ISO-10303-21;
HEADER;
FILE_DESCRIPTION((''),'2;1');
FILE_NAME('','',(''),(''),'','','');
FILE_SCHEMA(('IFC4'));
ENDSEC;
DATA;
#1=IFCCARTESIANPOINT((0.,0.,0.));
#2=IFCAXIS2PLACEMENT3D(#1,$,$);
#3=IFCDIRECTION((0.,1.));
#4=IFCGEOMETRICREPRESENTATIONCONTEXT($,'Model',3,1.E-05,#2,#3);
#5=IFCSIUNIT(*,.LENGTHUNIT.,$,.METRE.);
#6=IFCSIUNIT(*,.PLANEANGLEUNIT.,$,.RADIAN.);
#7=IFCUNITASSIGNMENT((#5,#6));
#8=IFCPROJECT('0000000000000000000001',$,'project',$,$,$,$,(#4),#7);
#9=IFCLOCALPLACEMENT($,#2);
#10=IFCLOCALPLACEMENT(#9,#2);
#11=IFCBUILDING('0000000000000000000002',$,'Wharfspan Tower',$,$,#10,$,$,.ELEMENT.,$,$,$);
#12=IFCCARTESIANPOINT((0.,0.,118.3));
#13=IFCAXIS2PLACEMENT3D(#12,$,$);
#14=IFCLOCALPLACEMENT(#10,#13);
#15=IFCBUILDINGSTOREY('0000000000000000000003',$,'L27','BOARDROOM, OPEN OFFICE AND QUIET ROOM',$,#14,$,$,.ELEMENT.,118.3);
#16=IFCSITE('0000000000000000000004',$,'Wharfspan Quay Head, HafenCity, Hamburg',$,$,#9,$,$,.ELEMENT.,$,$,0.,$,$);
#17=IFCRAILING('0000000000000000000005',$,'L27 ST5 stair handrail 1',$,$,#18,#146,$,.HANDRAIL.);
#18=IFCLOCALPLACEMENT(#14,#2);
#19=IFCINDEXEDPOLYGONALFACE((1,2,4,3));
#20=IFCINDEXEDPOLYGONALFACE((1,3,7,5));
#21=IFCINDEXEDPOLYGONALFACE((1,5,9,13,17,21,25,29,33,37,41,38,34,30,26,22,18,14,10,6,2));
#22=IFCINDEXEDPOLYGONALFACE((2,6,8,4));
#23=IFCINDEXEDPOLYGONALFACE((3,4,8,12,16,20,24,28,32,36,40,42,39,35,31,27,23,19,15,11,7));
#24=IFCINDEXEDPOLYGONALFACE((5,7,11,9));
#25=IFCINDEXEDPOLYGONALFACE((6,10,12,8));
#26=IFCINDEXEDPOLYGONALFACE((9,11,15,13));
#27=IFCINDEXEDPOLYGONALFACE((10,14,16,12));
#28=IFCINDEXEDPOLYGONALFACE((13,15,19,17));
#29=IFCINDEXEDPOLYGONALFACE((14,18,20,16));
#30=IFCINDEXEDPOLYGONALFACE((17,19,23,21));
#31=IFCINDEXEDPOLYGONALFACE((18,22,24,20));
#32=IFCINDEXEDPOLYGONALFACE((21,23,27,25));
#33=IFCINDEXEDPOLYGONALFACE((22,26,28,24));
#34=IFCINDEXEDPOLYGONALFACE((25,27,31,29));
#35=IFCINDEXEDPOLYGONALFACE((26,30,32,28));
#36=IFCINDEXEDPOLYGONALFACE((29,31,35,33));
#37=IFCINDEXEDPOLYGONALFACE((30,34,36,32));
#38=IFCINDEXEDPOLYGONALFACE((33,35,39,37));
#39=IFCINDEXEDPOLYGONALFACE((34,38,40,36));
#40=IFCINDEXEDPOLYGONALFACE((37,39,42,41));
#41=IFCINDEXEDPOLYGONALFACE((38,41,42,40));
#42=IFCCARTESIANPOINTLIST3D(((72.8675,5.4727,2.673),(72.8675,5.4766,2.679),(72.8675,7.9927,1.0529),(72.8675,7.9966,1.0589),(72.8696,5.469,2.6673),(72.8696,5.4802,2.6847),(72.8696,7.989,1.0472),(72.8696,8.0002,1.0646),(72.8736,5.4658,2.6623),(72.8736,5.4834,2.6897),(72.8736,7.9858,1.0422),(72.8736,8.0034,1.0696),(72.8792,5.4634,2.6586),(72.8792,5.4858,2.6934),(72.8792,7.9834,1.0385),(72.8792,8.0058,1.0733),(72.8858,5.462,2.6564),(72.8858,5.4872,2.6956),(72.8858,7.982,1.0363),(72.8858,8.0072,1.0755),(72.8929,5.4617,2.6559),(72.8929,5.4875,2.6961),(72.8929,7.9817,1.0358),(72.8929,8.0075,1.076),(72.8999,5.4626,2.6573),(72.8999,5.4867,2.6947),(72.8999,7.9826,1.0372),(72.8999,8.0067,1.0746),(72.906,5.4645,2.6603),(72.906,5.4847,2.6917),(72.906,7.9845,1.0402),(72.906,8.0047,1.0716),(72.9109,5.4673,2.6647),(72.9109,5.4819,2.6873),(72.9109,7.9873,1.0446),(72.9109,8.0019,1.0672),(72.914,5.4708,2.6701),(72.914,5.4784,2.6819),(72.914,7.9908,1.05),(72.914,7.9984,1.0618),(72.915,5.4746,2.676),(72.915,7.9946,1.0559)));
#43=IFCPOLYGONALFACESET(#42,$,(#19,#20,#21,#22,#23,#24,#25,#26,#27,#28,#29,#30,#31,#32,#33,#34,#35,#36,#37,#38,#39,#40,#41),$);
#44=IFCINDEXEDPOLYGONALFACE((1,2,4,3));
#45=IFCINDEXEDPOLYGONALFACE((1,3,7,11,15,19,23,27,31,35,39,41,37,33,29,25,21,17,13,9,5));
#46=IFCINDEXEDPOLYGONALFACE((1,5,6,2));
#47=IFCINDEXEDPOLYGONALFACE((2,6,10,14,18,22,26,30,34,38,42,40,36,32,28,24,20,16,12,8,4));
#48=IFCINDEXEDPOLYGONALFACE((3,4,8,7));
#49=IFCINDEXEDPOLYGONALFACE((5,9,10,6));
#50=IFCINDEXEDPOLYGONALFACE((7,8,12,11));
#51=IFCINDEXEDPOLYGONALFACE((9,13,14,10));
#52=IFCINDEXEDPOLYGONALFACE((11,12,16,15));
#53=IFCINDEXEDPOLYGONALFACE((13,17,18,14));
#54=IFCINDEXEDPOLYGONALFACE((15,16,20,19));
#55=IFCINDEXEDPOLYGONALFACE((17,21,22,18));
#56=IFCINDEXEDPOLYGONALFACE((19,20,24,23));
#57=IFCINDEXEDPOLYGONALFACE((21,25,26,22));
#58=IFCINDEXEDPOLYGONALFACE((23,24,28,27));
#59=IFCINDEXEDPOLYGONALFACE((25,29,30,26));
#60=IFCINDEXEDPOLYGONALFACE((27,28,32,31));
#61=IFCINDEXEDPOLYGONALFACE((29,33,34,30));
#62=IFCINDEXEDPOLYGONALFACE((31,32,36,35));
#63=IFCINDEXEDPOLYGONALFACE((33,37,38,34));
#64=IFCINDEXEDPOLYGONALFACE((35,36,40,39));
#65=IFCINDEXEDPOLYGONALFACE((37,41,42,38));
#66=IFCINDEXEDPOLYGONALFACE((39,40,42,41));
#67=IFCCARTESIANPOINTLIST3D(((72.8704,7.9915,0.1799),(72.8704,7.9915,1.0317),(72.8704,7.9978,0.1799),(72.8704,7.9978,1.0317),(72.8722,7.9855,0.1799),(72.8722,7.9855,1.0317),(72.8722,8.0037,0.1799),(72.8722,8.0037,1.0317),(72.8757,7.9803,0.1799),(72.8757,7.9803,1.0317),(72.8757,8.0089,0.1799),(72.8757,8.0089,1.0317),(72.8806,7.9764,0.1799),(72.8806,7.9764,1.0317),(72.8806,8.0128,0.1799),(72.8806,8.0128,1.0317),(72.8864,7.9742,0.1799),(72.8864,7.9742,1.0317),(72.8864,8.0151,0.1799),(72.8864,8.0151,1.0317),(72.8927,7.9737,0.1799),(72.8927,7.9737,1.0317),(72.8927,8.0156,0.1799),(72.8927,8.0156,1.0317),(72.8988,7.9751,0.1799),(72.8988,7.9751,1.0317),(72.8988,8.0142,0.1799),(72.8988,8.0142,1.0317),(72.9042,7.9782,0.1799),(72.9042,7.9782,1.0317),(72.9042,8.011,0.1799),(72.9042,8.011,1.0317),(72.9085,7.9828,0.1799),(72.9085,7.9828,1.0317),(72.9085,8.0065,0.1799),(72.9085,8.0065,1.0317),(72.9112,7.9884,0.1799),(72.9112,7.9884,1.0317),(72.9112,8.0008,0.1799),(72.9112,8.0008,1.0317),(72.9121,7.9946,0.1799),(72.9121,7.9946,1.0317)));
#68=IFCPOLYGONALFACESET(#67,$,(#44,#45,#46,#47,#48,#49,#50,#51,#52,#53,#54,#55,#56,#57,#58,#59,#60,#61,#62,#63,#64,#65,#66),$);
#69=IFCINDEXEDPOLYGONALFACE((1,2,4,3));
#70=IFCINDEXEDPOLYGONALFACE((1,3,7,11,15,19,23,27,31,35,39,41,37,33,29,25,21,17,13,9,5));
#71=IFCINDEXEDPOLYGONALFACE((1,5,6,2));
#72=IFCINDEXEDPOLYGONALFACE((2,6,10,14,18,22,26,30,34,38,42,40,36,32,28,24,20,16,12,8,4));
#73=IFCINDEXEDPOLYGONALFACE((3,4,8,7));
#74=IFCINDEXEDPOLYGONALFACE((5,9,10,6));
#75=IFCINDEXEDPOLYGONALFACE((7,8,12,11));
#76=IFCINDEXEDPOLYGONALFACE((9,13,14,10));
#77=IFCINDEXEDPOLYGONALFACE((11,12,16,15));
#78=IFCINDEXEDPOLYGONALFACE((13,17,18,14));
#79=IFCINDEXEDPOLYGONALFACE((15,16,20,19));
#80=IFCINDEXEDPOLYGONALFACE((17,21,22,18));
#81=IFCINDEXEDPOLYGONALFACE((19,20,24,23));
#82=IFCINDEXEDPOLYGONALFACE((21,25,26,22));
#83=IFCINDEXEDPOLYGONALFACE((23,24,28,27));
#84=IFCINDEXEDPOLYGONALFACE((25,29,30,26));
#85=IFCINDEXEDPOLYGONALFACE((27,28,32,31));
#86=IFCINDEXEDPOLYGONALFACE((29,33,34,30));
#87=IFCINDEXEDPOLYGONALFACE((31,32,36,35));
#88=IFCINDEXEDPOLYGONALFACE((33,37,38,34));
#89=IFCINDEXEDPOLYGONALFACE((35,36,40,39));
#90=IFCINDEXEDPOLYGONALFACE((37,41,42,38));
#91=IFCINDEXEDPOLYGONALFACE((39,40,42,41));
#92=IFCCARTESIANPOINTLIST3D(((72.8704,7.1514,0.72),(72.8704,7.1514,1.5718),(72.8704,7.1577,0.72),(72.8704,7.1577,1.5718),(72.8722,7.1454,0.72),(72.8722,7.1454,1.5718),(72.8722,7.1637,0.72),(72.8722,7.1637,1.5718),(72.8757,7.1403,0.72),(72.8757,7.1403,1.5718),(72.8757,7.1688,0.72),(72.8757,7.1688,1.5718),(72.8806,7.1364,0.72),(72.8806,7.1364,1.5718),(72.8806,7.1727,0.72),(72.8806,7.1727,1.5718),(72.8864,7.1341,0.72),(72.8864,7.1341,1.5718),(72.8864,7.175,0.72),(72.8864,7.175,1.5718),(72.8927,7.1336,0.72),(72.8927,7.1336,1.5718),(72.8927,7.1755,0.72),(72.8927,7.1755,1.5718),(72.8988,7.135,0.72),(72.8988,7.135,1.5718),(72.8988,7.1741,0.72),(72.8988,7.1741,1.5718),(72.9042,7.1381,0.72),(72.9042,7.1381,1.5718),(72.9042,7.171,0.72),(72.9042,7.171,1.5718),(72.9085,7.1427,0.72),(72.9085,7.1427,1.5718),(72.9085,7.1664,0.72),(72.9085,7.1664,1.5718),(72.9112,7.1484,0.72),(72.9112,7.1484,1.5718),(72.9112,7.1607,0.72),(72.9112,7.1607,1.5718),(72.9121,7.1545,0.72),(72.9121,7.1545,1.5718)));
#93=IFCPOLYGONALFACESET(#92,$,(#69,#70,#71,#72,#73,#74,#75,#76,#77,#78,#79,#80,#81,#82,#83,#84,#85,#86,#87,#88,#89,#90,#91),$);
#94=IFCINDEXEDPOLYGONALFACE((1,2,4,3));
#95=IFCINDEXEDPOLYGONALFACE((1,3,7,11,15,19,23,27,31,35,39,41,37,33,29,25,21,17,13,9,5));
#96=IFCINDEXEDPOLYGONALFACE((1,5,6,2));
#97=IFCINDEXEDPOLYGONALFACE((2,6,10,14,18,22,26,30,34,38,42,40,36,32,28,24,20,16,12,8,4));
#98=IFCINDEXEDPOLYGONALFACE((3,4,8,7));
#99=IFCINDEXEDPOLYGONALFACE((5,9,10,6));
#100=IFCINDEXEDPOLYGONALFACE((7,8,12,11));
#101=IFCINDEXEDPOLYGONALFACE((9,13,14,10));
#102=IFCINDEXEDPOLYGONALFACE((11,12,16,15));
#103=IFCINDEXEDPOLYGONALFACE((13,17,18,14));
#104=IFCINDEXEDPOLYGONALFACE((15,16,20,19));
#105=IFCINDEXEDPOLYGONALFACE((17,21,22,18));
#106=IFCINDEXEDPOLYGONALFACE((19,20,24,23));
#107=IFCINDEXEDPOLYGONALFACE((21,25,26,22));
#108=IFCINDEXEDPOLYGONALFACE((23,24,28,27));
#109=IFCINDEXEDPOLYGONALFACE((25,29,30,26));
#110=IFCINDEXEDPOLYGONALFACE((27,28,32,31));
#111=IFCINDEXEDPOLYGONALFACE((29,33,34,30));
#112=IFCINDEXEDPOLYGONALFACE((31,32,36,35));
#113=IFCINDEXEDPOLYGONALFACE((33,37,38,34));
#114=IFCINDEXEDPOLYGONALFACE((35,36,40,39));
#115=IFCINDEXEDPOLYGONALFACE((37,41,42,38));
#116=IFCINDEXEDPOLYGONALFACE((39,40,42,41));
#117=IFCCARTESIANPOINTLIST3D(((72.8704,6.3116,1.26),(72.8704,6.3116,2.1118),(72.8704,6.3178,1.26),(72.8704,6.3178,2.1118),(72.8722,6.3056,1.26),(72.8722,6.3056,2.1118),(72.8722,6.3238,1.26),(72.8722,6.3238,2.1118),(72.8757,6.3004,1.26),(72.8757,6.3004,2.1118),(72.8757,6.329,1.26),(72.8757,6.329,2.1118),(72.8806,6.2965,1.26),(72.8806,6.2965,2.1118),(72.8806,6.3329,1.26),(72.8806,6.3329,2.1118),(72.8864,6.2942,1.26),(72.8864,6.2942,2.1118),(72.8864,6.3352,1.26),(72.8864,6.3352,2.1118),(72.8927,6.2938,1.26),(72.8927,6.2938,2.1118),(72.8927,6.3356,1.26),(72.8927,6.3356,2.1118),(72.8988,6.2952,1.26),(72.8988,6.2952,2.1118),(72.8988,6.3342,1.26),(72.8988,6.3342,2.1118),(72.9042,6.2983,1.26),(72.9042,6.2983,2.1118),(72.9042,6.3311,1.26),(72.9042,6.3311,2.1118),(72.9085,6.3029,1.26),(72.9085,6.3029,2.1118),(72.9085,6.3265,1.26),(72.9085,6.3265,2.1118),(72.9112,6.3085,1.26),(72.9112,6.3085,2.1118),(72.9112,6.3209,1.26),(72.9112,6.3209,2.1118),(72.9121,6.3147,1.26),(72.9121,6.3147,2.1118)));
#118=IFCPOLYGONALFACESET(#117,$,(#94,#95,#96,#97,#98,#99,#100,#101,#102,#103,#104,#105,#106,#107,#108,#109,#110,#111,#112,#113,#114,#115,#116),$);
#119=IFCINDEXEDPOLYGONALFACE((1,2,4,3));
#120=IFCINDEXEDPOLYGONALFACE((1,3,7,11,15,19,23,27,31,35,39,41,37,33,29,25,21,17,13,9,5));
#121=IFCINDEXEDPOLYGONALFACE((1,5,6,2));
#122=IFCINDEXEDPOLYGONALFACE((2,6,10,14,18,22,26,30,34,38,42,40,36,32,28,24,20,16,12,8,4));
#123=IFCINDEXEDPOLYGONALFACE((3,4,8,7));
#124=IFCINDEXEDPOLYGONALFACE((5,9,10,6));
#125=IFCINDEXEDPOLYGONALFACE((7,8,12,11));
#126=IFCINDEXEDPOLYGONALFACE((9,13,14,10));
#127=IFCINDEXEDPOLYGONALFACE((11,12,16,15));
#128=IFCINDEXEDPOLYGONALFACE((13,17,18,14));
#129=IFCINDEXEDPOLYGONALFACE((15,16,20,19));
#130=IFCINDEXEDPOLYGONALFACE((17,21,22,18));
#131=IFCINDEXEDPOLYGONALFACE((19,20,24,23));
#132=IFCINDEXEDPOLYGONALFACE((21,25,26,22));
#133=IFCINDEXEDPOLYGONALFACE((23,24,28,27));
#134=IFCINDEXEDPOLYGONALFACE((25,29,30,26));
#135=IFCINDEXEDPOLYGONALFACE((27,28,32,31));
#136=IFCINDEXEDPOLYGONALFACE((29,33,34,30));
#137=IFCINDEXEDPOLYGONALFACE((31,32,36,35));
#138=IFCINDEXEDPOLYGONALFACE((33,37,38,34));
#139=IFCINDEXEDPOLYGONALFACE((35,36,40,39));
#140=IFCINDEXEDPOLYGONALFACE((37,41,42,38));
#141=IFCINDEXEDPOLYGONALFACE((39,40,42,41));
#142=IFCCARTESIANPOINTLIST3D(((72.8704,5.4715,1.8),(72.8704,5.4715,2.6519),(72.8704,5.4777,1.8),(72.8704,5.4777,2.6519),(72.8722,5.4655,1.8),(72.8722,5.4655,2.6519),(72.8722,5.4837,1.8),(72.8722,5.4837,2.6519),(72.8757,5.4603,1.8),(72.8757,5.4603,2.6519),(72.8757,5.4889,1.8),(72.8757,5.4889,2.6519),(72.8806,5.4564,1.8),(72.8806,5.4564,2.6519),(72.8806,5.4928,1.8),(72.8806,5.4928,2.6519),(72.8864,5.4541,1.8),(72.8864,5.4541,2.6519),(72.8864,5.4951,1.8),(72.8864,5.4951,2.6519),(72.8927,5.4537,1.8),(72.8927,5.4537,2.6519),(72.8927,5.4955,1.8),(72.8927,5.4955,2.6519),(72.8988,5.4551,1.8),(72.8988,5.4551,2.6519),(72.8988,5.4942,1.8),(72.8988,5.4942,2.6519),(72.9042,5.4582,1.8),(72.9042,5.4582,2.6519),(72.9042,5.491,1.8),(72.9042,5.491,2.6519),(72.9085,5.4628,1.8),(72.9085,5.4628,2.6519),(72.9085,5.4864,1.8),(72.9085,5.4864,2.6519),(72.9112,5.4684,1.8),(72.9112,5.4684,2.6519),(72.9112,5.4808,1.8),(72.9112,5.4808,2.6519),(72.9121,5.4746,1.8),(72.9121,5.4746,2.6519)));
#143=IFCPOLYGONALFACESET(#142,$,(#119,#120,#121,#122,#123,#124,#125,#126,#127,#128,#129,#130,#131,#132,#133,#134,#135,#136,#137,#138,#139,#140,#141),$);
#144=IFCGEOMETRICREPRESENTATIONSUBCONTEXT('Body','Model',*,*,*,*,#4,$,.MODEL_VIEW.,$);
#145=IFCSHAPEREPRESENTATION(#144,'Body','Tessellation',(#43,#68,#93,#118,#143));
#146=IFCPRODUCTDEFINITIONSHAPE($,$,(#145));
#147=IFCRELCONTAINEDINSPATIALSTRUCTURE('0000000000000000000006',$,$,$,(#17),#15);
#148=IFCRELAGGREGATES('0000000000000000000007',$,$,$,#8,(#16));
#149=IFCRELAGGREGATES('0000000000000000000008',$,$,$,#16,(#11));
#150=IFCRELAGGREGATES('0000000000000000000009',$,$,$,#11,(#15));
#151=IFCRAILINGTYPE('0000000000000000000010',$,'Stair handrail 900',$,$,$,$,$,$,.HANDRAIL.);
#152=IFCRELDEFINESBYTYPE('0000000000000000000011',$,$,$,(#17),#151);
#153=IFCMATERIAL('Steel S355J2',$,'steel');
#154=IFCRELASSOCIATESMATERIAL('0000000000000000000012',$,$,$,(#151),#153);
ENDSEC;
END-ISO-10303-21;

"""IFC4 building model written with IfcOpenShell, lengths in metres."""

from ifc_helpers import new_model, si_unit, direction, frame, origin, origin_2d, place, context, subcontext, project, spatial, circle, extrude, material, type_object, element, save


model = new_model("IFC4")

# Units and contexts
model_context = context("Model", 3, precision=1e-05, world=origin(), true_north=direction((0.0, 1.0)))
body_context = subcontext(model_context, "Body", "Model", "MODEL_VIEW")
ifc_project = project(units=[si_unit("LENGTHUNIT", "METRE"), si_unit("PLANEANGLEUNIT", "RADIAN")], contexts=[model_context])

# Site, building, storey
site_placement = place(None, origin())
site = spatial("IfcSite", under=ifc_project, at=site_placement, Name="Wharfspan Quay Head, HafenCity, Hamburg", CompositionType="ELEMENT", RefElevation=0.0)
building_placement = place(site_placement, origin())
building = spatial("IfcBuilding", under=site, at=building_placement, Name="Wharfspan Tower", CompositionType="ELEMENT")
storey_placement = place(building_placement, frame((0.0, 0.0, 118.3)))
storey = spatial("IfcBuildingStorey", under=building, at=storey_placement, Name="L27", Description="BOARDROOM, OPEN OFFICE AND QUIET ROOM", CompositionType="ELEMENT", Elevation=118.3)

# Shared definitions
ifc_material_1 = material(Name="Steel S355J2", Category="steel")

# Railing
railing_type_1 = type_object("IfcRailingType", Name="Stair handrail 900", PredefinedType="HANDRAIL", material=ifc_material_1)
railing_1_placement = place(storey_placement, frame((72.8911, 7.9946, 0.1799)))
element("IfcRailing", 1, at=railing_1_placement, inside=storey, type_object=railing_type_1, Name="L27 ST5 stair handrail 1", PredefinedType="HANDRAIL", context=body_context, shape_type="SweptSolid", body=[
    extrude(circle(Radius=0.0239, at=origin_2d()), frame((0.0, 0.0, 0.876), z_axis=(0.0, -0.841163, 0.540782), x_axis=(1.0, 0.0, 0.0)), (0.0, 0.0, 1.0), 2.9958),
    extrude(circle(Radius=0.021, at=origin_2d()), origin(), (0.0, 0.0, 1.0), 0.8518),
    extrude(circle(Radius=0.021, at=origin_2d()), frame((0.0, -0.8401, 0.54)), (0.0, 0.0, 1.0), 0.8518),
    extrude(circle(Radius=0.021, at=origin_2d()), frame((0.0, -1.6799, 1.0801)), (0.0, 0.0, 1.0), 0.8518),
    extrude(circle(Radius=0.021, at=origin_2d()), frame((0.0, -2.52, 1.6201)), (0.0, 0.0, 1.0), 0.8518),
])

save(model, "model.ifc")
